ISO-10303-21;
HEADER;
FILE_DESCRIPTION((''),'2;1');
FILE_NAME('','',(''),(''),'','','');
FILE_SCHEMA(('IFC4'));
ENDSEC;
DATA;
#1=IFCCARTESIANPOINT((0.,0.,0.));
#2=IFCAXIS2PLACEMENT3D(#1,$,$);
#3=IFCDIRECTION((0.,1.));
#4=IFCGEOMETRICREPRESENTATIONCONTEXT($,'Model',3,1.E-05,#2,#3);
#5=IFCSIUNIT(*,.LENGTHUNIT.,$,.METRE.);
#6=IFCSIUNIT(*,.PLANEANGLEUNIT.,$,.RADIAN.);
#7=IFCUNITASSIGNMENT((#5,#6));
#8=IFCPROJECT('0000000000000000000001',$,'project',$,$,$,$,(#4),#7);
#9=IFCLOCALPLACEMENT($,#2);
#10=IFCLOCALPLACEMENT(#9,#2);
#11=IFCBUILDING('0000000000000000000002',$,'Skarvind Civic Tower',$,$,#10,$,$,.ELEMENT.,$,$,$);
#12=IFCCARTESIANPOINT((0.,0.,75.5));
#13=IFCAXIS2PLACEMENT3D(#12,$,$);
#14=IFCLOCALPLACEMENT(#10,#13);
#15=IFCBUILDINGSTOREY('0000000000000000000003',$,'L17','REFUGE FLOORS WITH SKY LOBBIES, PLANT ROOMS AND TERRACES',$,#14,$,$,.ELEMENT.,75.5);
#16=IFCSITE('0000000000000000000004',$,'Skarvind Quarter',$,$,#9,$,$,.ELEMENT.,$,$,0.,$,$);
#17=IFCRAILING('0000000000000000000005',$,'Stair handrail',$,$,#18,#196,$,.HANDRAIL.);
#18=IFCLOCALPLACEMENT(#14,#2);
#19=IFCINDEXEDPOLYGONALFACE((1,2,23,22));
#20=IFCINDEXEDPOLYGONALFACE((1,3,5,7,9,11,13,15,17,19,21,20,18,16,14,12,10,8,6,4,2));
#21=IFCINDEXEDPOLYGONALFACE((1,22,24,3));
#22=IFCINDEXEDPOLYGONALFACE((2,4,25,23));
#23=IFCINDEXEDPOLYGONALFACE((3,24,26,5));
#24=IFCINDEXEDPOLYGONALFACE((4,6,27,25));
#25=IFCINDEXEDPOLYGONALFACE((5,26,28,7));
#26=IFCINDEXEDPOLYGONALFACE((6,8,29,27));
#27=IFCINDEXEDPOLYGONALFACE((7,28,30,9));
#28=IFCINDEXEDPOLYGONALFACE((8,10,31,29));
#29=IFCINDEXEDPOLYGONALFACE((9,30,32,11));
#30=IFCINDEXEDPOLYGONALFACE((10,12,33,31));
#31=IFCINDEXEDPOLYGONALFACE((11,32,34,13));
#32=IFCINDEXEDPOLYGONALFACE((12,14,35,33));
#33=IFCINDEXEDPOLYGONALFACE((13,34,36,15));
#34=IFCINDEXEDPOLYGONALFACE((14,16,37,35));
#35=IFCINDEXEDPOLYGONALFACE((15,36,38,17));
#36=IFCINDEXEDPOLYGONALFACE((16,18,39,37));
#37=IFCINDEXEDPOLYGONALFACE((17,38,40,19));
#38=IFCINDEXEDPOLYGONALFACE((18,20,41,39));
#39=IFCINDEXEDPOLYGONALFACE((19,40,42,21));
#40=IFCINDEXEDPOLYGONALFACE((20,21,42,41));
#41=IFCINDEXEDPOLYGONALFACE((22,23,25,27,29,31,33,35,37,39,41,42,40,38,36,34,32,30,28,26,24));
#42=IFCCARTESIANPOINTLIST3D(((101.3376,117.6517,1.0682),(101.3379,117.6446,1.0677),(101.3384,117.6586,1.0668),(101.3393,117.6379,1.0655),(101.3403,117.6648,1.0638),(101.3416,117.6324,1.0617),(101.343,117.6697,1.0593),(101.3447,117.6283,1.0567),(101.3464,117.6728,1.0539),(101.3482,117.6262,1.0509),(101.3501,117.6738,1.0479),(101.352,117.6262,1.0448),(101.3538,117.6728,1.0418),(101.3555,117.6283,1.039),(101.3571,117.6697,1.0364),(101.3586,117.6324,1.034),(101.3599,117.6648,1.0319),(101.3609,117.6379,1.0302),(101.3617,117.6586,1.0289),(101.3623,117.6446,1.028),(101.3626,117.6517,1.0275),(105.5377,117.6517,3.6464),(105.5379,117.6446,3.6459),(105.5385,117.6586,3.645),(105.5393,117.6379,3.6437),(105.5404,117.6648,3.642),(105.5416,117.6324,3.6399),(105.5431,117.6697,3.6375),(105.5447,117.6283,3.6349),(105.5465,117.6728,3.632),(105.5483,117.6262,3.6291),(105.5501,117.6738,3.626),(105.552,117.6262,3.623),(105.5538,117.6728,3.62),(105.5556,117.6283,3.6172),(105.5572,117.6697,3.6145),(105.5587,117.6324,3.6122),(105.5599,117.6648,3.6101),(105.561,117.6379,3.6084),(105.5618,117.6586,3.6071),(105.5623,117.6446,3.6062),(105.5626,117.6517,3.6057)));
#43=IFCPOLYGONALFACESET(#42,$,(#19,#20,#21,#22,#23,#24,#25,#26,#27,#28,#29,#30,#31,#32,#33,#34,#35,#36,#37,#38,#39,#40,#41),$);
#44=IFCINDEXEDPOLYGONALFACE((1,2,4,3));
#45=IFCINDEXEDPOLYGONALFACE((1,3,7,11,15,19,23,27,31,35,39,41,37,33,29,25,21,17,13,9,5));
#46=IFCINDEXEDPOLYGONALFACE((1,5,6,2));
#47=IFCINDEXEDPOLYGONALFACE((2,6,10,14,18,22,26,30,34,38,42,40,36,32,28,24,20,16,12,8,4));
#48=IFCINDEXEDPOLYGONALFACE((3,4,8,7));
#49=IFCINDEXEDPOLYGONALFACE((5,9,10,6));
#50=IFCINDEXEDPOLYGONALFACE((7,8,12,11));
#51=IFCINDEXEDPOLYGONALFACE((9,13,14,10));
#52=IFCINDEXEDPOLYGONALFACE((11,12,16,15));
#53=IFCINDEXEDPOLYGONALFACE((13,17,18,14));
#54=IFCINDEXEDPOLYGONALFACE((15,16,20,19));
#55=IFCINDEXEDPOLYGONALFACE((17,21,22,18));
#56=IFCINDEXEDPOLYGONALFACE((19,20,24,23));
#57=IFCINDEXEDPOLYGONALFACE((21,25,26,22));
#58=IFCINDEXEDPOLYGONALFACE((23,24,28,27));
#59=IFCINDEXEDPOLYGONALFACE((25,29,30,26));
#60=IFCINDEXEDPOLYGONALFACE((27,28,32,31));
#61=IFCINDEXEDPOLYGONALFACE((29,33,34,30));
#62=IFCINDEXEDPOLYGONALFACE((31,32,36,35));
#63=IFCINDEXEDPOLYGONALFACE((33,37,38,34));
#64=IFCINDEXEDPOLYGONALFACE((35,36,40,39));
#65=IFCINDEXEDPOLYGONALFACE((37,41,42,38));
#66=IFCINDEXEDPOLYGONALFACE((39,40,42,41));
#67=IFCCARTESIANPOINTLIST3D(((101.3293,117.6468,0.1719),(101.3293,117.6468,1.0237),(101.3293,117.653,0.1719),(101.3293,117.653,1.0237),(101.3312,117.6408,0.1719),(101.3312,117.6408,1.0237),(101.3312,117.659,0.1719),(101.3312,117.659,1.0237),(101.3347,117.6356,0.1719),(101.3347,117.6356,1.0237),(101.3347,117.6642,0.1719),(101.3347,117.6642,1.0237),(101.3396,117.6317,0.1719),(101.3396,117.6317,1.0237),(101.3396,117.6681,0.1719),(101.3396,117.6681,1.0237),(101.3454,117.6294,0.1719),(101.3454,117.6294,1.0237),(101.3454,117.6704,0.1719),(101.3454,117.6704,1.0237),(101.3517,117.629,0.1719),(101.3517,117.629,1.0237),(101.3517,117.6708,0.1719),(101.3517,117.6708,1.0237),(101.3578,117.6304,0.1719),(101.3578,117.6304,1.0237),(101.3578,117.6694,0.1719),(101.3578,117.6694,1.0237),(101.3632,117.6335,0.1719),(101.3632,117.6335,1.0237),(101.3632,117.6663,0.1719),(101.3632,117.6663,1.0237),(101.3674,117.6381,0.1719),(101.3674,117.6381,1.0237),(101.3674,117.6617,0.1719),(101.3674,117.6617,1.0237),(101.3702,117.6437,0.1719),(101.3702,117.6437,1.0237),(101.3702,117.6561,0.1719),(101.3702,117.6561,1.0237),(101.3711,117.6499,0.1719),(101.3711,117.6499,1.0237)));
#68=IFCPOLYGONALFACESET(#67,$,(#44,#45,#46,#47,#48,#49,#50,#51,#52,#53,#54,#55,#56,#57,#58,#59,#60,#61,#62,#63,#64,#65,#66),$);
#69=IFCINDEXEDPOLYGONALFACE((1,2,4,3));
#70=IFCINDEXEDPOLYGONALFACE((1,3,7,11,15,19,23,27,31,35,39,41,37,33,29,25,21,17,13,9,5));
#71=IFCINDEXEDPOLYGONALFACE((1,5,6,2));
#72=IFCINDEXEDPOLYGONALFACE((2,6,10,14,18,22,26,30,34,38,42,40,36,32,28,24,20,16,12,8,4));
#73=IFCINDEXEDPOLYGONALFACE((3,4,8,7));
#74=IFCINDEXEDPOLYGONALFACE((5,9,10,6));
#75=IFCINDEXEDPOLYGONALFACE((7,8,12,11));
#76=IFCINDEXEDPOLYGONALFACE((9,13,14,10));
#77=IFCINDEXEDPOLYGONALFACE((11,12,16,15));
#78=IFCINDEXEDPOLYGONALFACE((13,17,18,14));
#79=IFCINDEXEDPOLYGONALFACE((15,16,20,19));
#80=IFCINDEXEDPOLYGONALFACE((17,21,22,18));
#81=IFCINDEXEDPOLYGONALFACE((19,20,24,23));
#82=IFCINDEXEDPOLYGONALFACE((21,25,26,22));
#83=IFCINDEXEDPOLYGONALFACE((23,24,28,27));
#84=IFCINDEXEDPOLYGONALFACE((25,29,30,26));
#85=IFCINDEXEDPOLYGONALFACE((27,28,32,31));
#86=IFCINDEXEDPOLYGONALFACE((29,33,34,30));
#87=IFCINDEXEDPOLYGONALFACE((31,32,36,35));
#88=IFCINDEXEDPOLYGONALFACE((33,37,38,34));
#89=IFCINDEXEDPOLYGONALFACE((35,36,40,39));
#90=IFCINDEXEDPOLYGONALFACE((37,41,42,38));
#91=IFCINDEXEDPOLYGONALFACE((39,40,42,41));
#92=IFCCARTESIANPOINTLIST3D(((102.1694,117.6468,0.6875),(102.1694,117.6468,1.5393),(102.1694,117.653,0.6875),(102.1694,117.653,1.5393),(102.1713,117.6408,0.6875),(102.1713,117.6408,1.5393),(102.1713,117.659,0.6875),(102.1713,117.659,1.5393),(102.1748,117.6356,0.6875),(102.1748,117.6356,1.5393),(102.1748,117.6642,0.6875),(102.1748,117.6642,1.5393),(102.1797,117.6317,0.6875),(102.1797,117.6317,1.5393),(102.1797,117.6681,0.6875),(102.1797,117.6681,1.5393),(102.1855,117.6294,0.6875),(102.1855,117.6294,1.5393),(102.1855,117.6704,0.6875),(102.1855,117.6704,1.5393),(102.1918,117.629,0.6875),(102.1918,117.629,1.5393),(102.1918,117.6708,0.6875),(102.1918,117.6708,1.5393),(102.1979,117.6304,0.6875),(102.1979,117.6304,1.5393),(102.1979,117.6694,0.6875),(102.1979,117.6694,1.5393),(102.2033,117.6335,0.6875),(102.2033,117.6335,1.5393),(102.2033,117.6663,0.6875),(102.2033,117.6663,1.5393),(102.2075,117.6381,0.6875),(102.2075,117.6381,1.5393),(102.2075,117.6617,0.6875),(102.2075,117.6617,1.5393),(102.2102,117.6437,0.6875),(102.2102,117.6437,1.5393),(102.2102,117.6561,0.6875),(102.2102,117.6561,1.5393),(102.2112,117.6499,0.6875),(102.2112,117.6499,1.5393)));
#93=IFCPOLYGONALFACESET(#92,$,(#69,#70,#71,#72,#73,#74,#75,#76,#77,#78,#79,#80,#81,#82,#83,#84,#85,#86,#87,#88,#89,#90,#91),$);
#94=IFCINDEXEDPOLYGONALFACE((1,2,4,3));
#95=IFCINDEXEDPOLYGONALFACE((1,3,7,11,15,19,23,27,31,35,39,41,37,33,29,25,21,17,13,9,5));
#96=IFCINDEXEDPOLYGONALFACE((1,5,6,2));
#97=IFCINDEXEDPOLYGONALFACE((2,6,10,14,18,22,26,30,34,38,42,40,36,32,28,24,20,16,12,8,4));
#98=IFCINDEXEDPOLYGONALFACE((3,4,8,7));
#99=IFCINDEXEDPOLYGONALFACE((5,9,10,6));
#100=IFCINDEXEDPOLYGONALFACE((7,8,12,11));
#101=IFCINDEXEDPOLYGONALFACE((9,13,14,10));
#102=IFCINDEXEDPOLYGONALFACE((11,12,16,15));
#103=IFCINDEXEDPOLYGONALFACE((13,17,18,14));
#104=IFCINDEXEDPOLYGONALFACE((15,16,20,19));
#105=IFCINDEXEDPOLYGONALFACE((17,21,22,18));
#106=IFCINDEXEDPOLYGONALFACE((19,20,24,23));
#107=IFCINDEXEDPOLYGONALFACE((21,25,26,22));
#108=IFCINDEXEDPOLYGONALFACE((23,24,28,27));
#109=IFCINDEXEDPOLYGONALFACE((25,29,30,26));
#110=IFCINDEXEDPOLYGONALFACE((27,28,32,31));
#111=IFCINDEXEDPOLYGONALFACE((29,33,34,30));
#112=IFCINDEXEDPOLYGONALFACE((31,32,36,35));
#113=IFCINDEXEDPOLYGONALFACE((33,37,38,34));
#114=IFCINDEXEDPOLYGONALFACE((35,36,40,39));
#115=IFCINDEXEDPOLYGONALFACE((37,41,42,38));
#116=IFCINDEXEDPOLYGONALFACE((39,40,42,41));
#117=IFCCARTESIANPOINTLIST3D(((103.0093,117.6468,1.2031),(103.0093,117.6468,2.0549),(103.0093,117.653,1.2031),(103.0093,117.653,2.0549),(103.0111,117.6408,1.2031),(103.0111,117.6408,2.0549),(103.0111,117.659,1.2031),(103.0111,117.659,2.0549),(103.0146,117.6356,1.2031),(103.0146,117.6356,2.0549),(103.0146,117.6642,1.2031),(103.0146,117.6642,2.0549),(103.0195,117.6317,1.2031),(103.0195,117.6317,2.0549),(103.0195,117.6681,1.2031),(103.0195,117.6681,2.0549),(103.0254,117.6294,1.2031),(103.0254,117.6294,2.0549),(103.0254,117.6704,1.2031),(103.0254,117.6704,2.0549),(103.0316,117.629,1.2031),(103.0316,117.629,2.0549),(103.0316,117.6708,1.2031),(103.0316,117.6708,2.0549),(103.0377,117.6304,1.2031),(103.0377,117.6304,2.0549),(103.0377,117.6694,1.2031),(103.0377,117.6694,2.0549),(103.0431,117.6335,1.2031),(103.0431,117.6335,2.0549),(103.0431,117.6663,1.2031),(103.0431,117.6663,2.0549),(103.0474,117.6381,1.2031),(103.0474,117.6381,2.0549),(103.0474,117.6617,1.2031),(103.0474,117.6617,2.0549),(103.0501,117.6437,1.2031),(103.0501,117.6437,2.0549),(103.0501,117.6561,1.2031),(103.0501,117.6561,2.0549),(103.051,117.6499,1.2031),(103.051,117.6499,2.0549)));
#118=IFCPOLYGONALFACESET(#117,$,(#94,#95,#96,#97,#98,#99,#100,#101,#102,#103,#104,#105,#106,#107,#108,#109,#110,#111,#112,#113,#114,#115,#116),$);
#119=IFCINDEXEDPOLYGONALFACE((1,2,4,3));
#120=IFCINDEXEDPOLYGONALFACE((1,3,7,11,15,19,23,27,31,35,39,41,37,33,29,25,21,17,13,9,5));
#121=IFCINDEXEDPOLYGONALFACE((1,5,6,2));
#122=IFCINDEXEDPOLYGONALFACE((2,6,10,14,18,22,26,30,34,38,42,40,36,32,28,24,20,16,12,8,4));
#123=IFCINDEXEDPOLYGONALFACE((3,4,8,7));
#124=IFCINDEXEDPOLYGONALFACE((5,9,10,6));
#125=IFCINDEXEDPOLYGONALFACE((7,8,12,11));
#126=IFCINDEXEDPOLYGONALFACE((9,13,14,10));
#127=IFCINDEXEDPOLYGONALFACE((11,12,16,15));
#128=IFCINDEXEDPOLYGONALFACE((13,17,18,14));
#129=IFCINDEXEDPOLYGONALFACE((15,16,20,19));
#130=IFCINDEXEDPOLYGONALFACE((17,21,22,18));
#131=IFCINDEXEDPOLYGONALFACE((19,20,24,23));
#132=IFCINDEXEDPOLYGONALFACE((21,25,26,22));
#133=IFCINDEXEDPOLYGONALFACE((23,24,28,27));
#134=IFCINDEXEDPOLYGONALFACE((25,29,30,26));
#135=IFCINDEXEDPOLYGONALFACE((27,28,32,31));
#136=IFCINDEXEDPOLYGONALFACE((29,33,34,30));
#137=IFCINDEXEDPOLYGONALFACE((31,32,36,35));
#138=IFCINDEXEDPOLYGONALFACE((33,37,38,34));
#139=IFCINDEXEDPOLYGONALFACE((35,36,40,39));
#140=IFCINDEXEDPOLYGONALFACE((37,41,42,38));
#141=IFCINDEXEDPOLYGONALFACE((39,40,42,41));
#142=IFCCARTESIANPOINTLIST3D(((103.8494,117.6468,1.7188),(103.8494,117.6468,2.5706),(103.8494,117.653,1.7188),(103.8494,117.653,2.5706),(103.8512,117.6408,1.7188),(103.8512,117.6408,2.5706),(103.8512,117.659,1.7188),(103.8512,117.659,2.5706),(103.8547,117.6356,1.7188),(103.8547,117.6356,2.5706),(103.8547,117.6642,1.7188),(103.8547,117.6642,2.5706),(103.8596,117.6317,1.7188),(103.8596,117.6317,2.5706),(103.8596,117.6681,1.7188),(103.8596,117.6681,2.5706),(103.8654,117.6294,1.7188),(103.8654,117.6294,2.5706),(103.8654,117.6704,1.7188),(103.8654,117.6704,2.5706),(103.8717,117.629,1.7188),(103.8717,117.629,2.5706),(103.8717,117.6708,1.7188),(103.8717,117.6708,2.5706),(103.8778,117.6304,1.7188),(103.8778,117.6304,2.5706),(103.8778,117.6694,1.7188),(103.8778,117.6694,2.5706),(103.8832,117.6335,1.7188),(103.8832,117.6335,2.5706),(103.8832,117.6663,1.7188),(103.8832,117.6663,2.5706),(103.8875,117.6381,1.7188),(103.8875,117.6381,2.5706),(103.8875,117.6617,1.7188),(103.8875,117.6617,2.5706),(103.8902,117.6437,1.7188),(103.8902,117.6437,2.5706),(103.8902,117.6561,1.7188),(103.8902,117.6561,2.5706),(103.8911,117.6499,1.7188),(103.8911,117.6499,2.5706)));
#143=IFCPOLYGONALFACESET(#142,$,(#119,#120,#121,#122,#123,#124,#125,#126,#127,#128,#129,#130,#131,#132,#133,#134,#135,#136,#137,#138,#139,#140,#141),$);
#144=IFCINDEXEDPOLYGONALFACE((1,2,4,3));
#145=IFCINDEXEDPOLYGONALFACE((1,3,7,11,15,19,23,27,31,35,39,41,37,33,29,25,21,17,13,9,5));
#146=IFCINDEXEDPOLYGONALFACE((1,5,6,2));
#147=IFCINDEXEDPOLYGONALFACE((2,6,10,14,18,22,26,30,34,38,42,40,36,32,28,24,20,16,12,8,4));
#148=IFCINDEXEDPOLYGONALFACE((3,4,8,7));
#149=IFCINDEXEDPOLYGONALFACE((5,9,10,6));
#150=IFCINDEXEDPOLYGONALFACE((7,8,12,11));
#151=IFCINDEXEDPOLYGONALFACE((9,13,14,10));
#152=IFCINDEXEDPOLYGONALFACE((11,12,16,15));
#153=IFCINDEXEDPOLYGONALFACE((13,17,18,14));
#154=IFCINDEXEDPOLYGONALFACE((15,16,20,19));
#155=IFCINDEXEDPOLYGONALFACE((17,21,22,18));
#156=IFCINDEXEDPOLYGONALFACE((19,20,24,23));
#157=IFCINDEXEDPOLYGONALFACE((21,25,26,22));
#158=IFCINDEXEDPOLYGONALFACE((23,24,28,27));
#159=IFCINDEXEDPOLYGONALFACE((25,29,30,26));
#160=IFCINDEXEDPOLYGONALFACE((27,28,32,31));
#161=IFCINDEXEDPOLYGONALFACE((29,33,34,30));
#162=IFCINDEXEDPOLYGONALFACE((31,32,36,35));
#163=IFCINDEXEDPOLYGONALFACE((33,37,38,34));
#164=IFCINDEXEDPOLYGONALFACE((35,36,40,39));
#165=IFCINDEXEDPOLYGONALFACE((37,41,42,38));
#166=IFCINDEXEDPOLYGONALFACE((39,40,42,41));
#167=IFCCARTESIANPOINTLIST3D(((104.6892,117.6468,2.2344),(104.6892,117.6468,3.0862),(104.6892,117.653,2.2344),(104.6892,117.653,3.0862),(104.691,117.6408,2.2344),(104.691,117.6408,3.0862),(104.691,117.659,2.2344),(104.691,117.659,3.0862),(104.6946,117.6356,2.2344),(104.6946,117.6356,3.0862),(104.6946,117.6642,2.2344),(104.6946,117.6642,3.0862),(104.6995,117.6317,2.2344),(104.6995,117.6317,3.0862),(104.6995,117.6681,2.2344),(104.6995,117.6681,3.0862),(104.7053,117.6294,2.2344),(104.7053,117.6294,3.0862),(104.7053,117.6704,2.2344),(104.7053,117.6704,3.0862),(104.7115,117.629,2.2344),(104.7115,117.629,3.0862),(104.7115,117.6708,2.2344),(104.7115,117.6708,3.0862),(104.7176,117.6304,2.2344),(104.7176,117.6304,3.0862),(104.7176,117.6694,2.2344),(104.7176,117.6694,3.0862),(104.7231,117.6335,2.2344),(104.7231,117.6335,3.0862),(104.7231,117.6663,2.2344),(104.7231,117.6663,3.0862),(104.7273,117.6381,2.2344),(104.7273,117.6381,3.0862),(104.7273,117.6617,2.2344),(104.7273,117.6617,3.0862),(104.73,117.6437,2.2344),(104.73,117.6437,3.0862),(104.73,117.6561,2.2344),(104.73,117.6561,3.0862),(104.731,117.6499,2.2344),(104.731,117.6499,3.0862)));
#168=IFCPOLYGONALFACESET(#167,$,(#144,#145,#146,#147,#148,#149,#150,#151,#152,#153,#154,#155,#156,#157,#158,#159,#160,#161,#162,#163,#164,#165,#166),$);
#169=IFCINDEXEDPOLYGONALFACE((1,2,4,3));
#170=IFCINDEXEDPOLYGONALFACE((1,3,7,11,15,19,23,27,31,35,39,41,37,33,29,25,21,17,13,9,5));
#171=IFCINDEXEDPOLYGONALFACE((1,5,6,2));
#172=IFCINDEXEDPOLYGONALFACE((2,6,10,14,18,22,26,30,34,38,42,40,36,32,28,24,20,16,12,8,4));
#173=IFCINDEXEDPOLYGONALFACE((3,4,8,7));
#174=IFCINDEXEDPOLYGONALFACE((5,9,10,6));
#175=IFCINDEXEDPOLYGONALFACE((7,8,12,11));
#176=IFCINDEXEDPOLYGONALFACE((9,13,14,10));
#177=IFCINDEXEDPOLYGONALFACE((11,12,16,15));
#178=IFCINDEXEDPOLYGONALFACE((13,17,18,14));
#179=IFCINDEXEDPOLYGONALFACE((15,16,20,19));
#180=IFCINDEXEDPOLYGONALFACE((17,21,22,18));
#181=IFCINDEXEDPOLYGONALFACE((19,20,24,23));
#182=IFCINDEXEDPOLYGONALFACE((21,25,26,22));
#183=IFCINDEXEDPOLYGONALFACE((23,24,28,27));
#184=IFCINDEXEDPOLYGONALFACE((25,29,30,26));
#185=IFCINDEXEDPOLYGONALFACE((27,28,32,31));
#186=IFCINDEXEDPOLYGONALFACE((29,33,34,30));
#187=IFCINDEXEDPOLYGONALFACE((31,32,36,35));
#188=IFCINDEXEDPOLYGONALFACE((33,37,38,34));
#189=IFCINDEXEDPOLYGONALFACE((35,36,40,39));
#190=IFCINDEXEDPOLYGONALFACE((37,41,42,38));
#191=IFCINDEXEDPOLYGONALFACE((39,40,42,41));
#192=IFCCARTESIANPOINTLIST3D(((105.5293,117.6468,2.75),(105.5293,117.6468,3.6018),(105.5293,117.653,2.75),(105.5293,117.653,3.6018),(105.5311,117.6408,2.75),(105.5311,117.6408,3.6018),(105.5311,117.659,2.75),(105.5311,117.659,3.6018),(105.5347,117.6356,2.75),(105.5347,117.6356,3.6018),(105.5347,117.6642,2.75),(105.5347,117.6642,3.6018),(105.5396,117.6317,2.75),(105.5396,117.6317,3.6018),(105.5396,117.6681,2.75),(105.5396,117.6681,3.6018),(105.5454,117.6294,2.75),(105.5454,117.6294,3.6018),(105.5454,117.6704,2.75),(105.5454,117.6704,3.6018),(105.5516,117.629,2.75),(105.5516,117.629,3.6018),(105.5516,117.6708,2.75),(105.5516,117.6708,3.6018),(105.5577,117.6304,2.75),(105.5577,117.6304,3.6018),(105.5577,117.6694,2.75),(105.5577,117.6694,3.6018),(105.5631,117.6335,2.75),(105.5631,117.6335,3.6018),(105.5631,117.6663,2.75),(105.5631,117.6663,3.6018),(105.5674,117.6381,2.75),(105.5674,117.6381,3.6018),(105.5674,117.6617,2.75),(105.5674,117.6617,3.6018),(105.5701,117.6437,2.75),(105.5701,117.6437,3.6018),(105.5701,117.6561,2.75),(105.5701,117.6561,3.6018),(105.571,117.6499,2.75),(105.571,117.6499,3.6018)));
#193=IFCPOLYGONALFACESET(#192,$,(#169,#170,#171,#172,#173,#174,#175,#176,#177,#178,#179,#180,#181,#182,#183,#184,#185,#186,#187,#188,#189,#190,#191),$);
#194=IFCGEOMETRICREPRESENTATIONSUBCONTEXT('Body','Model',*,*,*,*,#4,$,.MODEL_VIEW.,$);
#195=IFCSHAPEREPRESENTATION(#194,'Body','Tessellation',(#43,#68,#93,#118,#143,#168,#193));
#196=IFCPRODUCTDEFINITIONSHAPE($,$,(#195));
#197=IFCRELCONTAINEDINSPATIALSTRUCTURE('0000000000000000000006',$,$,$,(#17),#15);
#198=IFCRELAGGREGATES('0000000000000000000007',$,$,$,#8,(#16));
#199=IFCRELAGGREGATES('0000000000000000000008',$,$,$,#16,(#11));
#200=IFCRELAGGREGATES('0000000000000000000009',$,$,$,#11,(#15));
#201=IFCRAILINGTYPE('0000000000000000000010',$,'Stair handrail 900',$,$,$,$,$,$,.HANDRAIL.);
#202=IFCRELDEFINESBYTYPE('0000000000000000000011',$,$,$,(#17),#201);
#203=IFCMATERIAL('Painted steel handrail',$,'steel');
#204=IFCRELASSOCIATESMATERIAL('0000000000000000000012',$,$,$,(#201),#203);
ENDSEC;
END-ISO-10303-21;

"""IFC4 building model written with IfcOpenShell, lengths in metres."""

from ifc_helpers import new_model, si_unit, direction, frame, origin, origin_2d, place, context, subcontext, project, spatial, circle, extrude, material, type_object, element, save


model = new_model("IFC4")

# Units and contexts
model_context = context("Model", 3, precision=1e-05, world=origin(), true_north=direction((0.0, 1.0)))
body_context = subcontext(model_context, "Body", "Model", "MODEL_VIEW")
ifc_project = project(units=[si_unit("LENGTHUNIT", "METRE"), si_unit("PLANEANGLEUNIT", "RADIAN")], contexts=[model_context])

# Site, building, storey
site_placement = place(None, origin())
site = spatial("IfcSite", under=ifc_project, at=site_placement, Name="Skarvind Quarter", CompositionType="ELEMENT", RefElevation=0.0)
building_placement = place(site_placement, origin())
building = spatial("IfcBuilding", under=site, at=building_placement, Name="Skarvind Civic Tower", CompositionType="ELEMENT")
storey_placement = place(building_placement, frame((0.0, 0.0, 75.5)))
storey = spatial("IfcBuildingStorey", under=building, at=storey_placement, Name="L17", Description="REFUGE FLOORS WITH SKY LOBBIES, PLANT ROOMS AND TERRACES", CompositionType="ELEMENT", Elevation=75.5)

# Railing
ifc_material_1 = material(Name="Painted steel handrail", Category="steel")
railing_type = type_object("IfcRailingType", Name="Stair handrail 900", PredefinedType="HANDRAIL", material=ifc_material_1)
railing_1_placement = place(storey_placement, frame((101.3501, 117.6499, 0.1719)))
element("IfcRailing", 1, at=railing_1_placement, inside=storey, type_object=railing_type, Name="Stair handrail", PredefinedType="HANDRAIL", context=body_context, shape_type="SweptSolid", body=[
    extrude(circle(Radius=0.0239, at=origin_2d()), frame((0.0, 0.0, 0.876), z_axis=(0.852243, 0.0, 0.523146), x_axis=(0.0, 1.0, 0.0)), (0.0, 0.0, 1.0), 4.9282),
    extrude(circle(Radius=0.021, at=origin_2d()), origin(), (0.0, 0.0, 1.0), 0.8518),
    extrude(circle(Radius=0.021, at=origin_2d()), frame((0.8401, 0.0, 0.5156)), (0.0, 0.0, 1.0), 0.8518),
    extrude(circle(Radius=0.021, at=origin_2d()), frame((1.6799, 0.0, 1.0312)), (0.0, 0.0, 1.0), 0.8518),
    extrude(circle(Radius=0.021, at=origin_2d()), frame((2.52, 0.0, 1.5469)), (0.0, 0.0, 1.0), 0.8518),
    extrude(circle(Radius=0.021, at=origin_2d()), frame((3.3599, 0.0, 2.0625)), (0.0, 0.0, 1.0), 0.8518),
    extrude(circle(Radius=0.021, at=origin_2d()), frame((4.2, 0.0, 2.5781)), (0.0, 0.0, 1.0), 0.8518),
])

save(model, "model.ifc")
